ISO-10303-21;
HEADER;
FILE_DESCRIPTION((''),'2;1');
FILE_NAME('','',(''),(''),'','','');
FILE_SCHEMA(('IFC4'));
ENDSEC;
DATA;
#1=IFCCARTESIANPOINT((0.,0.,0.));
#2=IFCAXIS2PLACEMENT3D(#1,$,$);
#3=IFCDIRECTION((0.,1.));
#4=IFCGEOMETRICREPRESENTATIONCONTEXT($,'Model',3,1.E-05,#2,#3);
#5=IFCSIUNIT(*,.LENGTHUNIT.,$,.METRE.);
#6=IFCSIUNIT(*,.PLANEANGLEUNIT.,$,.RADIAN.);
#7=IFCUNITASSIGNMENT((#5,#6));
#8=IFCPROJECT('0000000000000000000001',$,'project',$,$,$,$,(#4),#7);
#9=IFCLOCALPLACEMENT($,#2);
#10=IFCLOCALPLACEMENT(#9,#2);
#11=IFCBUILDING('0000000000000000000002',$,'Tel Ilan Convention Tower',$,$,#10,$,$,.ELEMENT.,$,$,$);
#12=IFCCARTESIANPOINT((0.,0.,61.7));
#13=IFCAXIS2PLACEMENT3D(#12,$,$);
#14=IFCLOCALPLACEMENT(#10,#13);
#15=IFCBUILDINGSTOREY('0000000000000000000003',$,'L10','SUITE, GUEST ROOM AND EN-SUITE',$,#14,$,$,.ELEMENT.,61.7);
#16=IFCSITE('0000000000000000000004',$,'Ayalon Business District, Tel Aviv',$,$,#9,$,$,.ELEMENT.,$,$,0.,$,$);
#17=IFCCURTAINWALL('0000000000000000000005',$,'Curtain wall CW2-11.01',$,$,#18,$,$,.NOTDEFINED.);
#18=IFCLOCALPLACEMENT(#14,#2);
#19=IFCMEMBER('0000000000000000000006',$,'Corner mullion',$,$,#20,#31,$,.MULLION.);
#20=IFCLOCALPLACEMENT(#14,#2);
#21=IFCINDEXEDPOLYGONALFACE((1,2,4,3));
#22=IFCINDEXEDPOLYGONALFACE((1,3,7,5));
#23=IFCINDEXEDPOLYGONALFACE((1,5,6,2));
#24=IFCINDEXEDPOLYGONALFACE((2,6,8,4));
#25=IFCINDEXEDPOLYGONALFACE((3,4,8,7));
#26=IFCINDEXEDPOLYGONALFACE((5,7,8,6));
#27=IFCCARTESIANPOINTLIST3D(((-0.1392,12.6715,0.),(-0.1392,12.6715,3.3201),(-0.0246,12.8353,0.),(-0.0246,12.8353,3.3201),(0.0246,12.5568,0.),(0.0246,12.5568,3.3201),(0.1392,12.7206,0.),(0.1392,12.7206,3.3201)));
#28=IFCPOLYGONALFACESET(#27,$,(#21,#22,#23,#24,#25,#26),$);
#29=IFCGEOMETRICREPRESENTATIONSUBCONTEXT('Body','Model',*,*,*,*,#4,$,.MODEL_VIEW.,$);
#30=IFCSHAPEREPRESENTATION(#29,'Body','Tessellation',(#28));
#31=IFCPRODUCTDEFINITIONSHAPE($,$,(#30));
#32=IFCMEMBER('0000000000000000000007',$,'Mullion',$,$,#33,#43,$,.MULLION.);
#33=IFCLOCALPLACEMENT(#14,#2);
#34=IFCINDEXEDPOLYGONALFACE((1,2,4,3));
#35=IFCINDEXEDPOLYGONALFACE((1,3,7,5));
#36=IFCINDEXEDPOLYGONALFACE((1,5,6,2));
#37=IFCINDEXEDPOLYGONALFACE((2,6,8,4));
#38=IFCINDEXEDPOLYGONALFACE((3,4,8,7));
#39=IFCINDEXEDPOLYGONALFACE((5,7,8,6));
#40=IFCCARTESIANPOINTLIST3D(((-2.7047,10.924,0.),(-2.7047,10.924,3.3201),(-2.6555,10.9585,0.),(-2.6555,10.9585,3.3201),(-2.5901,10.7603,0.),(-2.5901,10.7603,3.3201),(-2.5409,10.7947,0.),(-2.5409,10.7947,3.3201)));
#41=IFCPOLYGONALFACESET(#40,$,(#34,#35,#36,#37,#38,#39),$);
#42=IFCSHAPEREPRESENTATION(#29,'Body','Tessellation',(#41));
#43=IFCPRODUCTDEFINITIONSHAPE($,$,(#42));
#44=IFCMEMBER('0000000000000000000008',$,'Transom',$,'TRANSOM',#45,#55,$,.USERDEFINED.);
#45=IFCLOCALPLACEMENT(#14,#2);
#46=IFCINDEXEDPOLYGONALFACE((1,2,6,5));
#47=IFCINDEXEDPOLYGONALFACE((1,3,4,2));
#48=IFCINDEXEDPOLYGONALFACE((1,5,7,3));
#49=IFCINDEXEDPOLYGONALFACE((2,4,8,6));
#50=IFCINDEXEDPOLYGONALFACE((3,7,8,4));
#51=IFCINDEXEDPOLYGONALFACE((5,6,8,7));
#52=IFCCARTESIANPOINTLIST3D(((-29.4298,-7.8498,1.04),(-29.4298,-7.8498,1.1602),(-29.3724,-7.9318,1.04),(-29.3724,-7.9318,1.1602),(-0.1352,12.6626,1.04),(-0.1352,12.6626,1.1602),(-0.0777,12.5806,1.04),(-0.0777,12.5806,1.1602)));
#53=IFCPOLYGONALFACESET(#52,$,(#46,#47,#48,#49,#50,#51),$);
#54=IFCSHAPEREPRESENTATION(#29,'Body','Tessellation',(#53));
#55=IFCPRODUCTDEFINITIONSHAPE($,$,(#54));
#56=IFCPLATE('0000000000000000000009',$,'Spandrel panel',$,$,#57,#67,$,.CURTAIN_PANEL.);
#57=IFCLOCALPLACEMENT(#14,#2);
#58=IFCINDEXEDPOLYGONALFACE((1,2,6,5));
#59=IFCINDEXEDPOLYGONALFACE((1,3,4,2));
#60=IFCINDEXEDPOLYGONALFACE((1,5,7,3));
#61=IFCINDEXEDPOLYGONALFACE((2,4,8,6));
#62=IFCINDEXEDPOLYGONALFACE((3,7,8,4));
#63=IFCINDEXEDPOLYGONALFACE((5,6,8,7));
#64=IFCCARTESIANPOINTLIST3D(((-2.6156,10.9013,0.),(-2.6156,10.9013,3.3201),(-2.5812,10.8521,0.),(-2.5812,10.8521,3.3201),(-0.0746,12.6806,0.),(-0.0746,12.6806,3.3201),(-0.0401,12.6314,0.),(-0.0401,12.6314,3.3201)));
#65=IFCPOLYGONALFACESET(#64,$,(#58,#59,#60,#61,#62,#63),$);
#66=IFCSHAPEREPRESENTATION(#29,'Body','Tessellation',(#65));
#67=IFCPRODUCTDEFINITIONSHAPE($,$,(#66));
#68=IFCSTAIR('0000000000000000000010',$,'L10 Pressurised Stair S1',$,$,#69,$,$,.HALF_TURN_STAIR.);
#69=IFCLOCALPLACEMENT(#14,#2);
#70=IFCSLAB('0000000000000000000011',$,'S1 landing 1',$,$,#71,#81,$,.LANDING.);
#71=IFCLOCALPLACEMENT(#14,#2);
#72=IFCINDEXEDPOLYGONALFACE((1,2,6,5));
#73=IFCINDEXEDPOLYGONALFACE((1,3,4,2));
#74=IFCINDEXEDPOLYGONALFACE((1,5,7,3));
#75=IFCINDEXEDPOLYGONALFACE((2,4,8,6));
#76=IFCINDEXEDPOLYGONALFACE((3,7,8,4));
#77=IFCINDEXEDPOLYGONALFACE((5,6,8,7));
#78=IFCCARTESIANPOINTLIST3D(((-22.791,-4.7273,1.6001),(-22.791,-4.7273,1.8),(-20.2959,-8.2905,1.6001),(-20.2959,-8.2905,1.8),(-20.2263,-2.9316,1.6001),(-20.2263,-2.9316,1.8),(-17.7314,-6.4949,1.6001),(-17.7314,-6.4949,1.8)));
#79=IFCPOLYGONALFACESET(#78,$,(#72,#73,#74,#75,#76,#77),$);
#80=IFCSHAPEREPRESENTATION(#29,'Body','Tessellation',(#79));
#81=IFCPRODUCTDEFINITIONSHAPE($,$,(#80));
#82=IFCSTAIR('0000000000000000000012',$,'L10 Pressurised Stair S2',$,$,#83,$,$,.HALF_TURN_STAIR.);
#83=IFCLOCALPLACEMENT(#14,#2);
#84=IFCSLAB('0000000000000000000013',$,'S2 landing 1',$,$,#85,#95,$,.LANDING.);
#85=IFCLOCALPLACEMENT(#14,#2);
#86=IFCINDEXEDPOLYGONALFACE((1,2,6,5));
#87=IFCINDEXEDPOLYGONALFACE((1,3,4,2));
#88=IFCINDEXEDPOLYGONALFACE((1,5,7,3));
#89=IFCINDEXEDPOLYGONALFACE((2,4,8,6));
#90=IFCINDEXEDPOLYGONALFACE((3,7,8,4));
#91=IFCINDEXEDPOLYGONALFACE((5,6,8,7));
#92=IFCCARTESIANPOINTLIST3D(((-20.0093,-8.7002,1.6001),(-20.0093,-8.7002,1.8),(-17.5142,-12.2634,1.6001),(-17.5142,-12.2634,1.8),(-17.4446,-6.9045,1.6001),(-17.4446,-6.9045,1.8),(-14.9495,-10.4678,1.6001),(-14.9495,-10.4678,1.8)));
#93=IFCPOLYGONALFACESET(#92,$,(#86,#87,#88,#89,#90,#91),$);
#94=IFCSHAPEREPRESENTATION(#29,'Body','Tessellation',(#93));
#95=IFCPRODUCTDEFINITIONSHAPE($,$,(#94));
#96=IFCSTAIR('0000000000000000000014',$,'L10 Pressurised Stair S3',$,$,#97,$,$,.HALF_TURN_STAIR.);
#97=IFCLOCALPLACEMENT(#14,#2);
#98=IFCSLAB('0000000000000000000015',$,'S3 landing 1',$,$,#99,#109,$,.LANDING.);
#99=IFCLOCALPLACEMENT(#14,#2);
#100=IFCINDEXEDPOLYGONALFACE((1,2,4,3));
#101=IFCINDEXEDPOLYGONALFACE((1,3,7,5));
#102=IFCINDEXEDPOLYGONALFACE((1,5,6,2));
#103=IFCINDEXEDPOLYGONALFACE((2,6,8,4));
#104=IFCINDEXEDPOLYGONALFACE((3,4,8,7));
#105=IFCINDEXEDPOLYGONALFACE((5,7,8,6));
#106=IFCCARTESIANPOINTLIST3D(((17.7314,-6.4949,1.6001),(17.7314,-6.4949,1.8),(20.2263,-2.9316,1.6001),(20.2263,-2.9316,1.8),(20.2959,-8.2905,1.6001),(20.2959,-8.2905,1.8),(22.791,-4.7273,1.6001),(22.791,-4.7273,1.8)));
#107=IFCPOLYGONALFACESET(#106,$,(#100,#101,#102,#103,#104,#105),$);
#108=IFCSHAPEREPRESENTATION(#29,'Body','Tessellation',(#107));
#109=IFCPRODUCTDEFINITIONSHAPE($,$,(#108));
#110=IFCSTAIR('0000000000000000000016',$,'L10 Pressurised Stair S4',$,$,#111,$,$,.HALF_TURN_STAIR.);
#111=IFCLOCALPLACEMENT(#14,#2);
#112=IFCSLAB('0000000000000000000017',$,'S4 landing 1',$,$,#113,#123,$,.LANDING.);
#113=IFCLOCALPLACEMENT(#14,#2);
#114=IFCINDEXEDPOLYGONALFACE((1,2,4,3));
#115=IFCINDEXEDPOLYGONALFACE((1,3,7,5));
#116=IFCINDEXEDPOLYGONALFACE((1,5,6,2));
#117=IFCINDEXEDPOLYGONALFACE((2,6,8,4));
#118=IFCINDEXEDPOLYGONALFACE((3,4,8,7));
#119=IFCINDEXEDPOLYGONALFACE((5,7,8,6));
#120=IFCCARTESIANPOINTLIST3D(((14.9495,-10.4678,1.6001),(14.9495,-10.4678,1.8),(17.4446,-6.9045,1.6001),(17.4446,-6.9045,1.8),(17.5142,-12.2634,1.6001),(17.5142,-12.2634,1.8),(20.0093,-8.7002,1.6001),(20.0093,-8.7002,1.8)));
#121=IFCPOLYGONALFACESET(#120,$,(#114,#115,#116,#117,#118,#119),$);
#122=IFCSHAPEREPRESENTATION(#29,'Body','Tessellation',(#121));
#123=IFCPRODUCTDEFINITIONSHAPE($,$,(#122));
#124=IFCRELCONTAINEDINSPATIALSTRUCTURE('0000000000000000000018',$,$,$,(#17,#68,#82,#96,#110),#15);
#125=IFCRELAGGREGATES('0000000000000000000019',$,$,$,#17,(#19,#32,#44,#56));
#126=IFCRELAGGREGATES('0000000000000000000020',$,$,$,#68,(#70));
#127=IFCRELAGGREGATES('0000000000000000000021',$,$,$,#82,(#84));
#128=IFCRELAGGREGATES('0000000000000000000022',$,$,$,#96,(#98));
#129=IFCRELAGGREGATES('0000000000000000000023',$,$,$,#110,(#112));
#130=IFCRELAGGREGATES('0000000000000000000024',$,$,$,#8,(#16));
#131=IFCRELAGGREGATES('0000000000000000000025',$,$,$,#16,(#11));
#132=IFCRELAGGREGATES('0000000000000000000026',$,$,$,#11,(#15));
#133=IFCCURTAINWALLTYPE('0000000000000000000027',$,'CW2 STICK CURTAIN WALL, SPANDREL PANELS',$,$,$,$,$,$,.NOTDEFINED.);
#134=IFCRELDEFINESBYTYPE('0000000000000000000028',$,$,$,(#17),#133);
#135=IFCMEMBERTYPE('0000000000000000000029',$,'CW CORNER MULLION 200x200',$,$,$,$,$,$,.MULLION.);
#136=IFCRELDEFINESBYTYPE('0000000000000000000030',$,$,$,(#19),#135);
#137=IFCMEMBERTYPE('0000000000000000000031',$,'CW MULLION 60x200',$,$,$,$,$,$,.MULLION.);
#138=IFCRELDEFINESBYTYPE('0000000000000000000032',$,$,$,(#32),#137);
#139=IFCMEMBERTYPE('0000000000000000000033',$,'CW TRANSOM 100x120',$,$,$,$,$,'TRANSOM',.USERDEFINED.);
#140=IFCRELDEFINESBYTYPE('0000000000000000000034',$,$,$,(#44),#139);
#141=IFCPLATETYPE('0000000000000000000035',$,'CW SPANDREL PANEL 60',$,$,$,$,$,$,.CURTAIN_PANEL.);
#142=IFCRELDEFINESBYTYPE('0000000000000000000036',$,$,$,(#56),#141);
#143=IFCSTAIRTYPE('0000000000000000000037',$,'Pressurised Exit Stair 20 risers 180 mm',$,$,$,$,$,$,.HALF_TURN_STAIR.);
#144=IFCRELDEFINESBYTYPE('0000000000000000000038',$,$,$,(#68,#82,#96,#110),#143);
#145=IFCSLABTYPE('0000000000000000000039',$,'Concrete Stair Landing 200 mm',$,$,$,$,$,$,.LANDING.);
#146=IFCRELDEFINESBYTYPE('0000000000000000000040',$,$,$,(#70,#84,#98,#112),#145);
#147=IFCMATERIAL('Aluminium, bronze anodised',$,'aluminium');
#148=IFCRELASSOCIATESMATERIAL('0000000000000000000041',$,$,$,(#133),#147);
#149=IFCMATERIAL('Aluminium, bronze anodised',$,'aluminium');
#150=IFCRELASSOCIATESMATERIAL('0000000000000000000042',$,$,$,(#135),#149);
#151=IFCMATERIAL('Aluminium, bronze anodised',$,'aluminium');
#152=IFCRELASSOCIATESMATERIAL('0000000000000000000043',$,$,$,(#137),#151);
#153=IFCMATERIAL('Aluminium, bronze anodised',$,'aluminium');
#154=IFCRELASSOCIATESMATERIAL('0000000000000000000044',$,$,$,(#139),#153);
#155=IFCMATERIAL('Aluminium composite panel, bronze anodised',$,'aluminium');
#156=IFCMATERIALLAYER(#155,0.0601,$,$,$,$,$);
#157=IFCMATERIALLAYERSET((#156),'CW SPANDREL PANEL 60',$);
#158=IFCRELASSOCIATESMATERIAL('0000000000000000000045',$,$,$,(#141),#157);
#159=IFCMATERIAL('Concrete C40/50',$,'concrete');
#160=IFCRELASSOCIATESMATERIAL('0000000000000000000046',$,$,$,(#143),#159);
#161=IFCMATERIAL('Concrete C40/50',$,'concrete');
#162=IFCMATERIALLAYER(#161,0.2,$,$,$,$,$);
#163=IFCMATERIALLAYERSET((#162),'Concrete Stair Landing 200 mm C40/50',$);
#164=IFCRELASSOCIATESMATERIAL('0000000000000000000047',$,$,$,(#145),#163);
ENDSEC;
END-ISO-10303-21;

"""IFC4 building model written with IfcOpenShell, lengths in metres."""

from ifc_helpers import new_model, si_unit, direction, frame, origin, origin_2d, place, context, subcontext, project, spatial, polyline, rectangle, outline, extrude, material, layer, layer_set, material_profile, profile_set, type_object, element, aggregate, save


model = new_model("IFC4")

# Units and contexts
model_context = context("Model", 3, precision=1e-05, world=origin(), true_north=direction((0.0, 1.0)))
body_context = subcontext(model_context, "Body", "Model", "MODEL_VIEW")
ifc_project = project(units=[si_unit("LENGTHUNIT", "METRE"), si_unit("PLANEANGLEUNIT", "RADIAN")], contexts=[model_context])

# Site, building, storey
site_placement = place(None, origin())
site = spatial("IfcSite", under=ifc_project, at=site_placement, Name="Ayalon Business District, Tel Aviv", CompositionType="ELEMENT", RefElevation=0.0)
building_placement = place(site_placement, origin())
building = spatial("IfcBuilding", under=site, at=building_placement, Name="Tel Ilan Convention Tower", CompositionType="ELEMENT")
storey_placement = place(building_placement, frame((0.0, 0.0, 61.7)))
storey = spatial("IfcBuildingStorey", under=building, at=storey_placement, Name="L10", Description="SUITE, GUEST ROOM AND EN-SUITE", CompositionType="ELEMENT", Elevation=61.7)

# Curtain wall, members, plate
ifc_material_1 = material(Name="Aluminium, bronze anodised", Category="aluminium")
curtain_wall_type = type_object("IfcCurtainWallType", Name="CW2 STICK CURTAIN WALL, SPANDREL PANELS", PredefinedType="NOTDEFINED", material=ifc_material_1)
curtain_wall_placement = place(storey_placement, origin())
curtain_wall = element("IfcCurtainWall", 1, at=curtain_wall_placement, inside=storey, type_object=curtain_wall_type, Name="Curtain wall CW2-11.01", PredefinedType="NOTDEFINED")
ifc_material_2 = material(Name="Aluminium, bronze anodised", Category="aluminium")
ifc_material_profile_1 = material_profile(ifc_material_2, rectangle(XDim=0.2, YDim=0.2, at=origin_2d()), Name="CW CORNER MULLION 200x200")
ifc_profile_set_1 = profile_set([ifc_material_profile_1], Name="Aluminium, bronze anodised")
member_type_1 = type_object("IfcMemberType", Name="CW CORNER MULLION 200x200", PredefinedType="MULLION", material=ifc_profile_set_1)
member_1_placement = place(storey_placement, frame((0.0, 12.696, 0.0), z_axis=(0.0, 0.0, 1.0), x_axis=(-0.819152, 0.573576, 0.0)))
member_1 = element("IfcMember", 2, at=member_1_placement, type_object=member_type_1, Name="Corner mullion", PredefinedType="MULLION", context=body_context, shape_type="SweptSolid", body=[
    extrude(rectangle(XDim=0.2, YDim=0.2, at=origin_2d()), origin(), (0.0, 0.0, 1.0), 3.3201),
])
ifc_material_3 = material(Name="Aluminium, bronze anodised", Category="aluminium")
ifc_material_profile_2 = material_profile(ifc_material_3, rectangle(XDim=0.0601, YDim=0.2, at=origin_2d()), Name="CW MULLION 60x200")
ifc_profile_set_2 = profile_set([ifc_material_profile_2], Name="Aluminium, bronze anodised")
member_type_2 = type_object("IfcMemberType", Name="CW MULLION 60x200", PredefinedType="MULLION", material=ifc_profile_set_2)
member_2_placement = place(storey_placement, frame((-2.6228, 10.8594, 0.0), z_axis=(0.0, 0.0, 1.0), x_axis=(-0.819152, -0.573576, 0.0)))
member_2 = element("IfcMember", 3, at=member_2_placement, type_object=member_type_2, Name="Mullion", PredefinedType="MULLION", context=body_context, shape_type="SweptSolid", body=[
    extrude(rectangle(XDim=0.0601, YDim=0.2, at=origin_2d()), origin(), (0.0, 0.0, 1.0), 3.3201),
])
ifc_material_4 = material(Name="Aluminium, bronze anodised", Category="aluminium")
ifc_material_profile_3 = material_profile(ifc_material_4, rectangle(XDim=0.1001, YDim=0.1201, at=origin_2d()), Name="CW TRANSOM 100x120")
ifc_profile_set_3 = profile_set([ifc_material_profile_3], Name="Aluminium, bronze anodised")
member_type_3 = type_object("IfcMemberType", Name="CW TRANSOM 100x120", ElementType="TRANSOM", PredefinedType="USERDEFINED", material=ifc_profile_set_3)
member_3_placement = place(storey_placement, frame((-0.1064, 12.6216, 1.1001), z_axis=(-0.819151, -0.573578, 0.0), x_axis=(0.573578, -0.819151, 0.0)))
member_3 = element("IfcMember", 4, at=member_3_placement, type_object=member_type_3, Name="Transom", ObjectType="TRANSOM", PredefinedType="USERDEFINED", context=body_context, shape_type="SweptSolid", body=[
    extrude(rectangle(XDim=0.1001, YDim=0.1201, at=origin_2d()), origin(), (0.0, 0.0, 1.0), 35.7622),
])
ifc_material_5 = material(Name="Aluminium composite panel, bronze anodised", Category="aluminium")
ifc_layer_1 = layer(ifc_material_5, 0.0601)
ifc_layer_set_1 = layer_set([ifc_layer_1], Name="CW SPANDREL PANEL 60")
plate_type = type_object("IfcPlateType", Name="CW SPANDREL PANEL 60", PredefinedType="CURTAIN_PANEL", material=ifc_layer_set_1)
plate_placement = place(storey_placement, frame((-1.3279, 11.7664, 0.0), z_axis=(0.0, 0.0, 1.0), x_axis=(-0.819152, -0.573576, 0.0)))
plate = element("IfcPlate", 5, at=plate_placement, type_object=plate_type, Name="Spandrel panel", PredefinedType="CURTAIN_PANEL", context=body_context, shape_type="SweptSolid", body=[
    extrude(rectangle(XDim=3.1021, YDim=0.0601, at=origin_2d()), origin(), (0.0, 0.0, 1.0), 3.3201),
])
aggregate(curtain_wall, [member_1, member_2, member_3, plate])

# Stairs, slabs
ifc_material_6 = material(Name="Concrete C40/50", Category="concrete")
stair_type = type_object("IfcStairType", Name="Pressurised Exit Stair 20 risers 180 mm", PredefinedType="HALF_TURN_STAIR", material=ifc_material_6)
stair_1_placement = place(storey_placement, origin())
stair_1 = element("IfcStair", 6, at=stair_1_placement, inside=storey, type_object=stair_type, Name="L10 Pressurised Stair S1", PredefinedType="HALF_TURN_STAIR")
ifc_material_7 = material(Name="Concrete C40/50", Category="concrete")
ifc_layer_2 = layer(ifc_material_7, 0.2)
ifc_layer_set_2 = layer_set([ifc_layer_2], Name="Concrete Stair Landing 200 mm C40/50")
slab_type_1 = type_object("IfcSlabType", Name="Concrete Stair Landing 200 mm", PredefinedType="LANDING", material=ifc_layer_set_2)
slab_1_placement = place(storey_placement, frame((0.0, 0.0, 1.6001)))
slab_1 = element("IfcSlab", 7, at=slab_1_placement, type_object=slab_type_1, Name="S1 landing 1", PredefinedType="LANDING", context=body_context, shape_type="SweptSolid", body=[
    extrude(outline(polyline([(-20.2959, -8.2905), (-17.7314, -6.4949), (-20.2263, -2.9316), (-22.791, -4.7273), (-20.2959, -8.2905)])), origin(), (0.0, 0.0, 1.0), 0.2),
])
aggregate(stair_1, [slab_1])
stair_2_placement = place(storey_placement, origin())
stair_2 = element("IfcStair", 8, at=stair_2_placement, inside=storey, type_object=stair_type, Name="L10 Pressurised Stair S2", PredefinedType="HALF_TURN_STAIR")
slab_2_placement = place(storey_placement, frame((0.0, 0.0, 1.6001)))
slab_2 = element("IfcSlab", 9, at=slab_2_placement, type_object=slab_type_1, Name="S2 landing 1", PredefinedType="LANDING", context=body_context, shape_type="SweptSolid", body=[
    extrude(outline(polyline([(-17.5142, -12.2634), (-14.9495, -10.4678), (-17.4446, -6.9045), (-20.0093, -8.7002), (-17.5142, -12.2634)])), origin(), (0.0, 0.0, 1.0), 0.2),
])
aggregate(stair_2, [slab_2])
stair_3_placement = place(storey_placement, origin())
stair_3 = element("IfcStair", 10, at=stair_3_placement, inside=storey, type_object=stair_type, Name="L10 Pressurised Stair S3", PredefinedType="HALF_TURN_STAIR")
slab_3_placement = place(storey_placement, frame((0.0, 0.0, 1.6001)))
slab_3 = element("IfcSlab", 11, at=slab_3_placement, type_object=slab_type_1, Name="S3 landing 1", PredefinedType="LANDING", context=body_context, shape_type="SweptSolid", body=[
    extrude(outline(polyline([(22.791, -4.7273), (20.2263, -2.9316), (17.7314, -6.4949), (20.2959, -8.2905), (22.791, -4.7273)])), origin(), (0.0, 0.0, 1.0), 0.2),
])
aggregate(stair_3, [slab_3])
stair_4_placement = place(storey_placement, origin())
stair_4 = element("IfcStair", 12, at=stair_4_placement, inside=storey, type_object=stair_type, Name="L10 Pressurised Stair S4", PredefinedType="HALF_TURN_STAIR")
slab_4_placement = place(storey_placement, frame((0.0, 0.0, 1.6001)))
slab_4 = element("IfcSlab", 13, at=slab_4_placement, type_object=slab_type_1, Name="S4 landing 1", PredefinedType="LANDING", context=body_context, shape_type="SweptSolid", body=[
    extrude(outline(polyline([(20.0093, -8.7002), (17.4446, -6.9045), (14.9495, -10.4678), (17.5142, -12.2634), (20.0093, -8.7002)])), origin(), (0.0, 0.0, 1.0), 0.2),
])
aggregate(stair_4, [slab_4])

save(model, "model.ifc")
